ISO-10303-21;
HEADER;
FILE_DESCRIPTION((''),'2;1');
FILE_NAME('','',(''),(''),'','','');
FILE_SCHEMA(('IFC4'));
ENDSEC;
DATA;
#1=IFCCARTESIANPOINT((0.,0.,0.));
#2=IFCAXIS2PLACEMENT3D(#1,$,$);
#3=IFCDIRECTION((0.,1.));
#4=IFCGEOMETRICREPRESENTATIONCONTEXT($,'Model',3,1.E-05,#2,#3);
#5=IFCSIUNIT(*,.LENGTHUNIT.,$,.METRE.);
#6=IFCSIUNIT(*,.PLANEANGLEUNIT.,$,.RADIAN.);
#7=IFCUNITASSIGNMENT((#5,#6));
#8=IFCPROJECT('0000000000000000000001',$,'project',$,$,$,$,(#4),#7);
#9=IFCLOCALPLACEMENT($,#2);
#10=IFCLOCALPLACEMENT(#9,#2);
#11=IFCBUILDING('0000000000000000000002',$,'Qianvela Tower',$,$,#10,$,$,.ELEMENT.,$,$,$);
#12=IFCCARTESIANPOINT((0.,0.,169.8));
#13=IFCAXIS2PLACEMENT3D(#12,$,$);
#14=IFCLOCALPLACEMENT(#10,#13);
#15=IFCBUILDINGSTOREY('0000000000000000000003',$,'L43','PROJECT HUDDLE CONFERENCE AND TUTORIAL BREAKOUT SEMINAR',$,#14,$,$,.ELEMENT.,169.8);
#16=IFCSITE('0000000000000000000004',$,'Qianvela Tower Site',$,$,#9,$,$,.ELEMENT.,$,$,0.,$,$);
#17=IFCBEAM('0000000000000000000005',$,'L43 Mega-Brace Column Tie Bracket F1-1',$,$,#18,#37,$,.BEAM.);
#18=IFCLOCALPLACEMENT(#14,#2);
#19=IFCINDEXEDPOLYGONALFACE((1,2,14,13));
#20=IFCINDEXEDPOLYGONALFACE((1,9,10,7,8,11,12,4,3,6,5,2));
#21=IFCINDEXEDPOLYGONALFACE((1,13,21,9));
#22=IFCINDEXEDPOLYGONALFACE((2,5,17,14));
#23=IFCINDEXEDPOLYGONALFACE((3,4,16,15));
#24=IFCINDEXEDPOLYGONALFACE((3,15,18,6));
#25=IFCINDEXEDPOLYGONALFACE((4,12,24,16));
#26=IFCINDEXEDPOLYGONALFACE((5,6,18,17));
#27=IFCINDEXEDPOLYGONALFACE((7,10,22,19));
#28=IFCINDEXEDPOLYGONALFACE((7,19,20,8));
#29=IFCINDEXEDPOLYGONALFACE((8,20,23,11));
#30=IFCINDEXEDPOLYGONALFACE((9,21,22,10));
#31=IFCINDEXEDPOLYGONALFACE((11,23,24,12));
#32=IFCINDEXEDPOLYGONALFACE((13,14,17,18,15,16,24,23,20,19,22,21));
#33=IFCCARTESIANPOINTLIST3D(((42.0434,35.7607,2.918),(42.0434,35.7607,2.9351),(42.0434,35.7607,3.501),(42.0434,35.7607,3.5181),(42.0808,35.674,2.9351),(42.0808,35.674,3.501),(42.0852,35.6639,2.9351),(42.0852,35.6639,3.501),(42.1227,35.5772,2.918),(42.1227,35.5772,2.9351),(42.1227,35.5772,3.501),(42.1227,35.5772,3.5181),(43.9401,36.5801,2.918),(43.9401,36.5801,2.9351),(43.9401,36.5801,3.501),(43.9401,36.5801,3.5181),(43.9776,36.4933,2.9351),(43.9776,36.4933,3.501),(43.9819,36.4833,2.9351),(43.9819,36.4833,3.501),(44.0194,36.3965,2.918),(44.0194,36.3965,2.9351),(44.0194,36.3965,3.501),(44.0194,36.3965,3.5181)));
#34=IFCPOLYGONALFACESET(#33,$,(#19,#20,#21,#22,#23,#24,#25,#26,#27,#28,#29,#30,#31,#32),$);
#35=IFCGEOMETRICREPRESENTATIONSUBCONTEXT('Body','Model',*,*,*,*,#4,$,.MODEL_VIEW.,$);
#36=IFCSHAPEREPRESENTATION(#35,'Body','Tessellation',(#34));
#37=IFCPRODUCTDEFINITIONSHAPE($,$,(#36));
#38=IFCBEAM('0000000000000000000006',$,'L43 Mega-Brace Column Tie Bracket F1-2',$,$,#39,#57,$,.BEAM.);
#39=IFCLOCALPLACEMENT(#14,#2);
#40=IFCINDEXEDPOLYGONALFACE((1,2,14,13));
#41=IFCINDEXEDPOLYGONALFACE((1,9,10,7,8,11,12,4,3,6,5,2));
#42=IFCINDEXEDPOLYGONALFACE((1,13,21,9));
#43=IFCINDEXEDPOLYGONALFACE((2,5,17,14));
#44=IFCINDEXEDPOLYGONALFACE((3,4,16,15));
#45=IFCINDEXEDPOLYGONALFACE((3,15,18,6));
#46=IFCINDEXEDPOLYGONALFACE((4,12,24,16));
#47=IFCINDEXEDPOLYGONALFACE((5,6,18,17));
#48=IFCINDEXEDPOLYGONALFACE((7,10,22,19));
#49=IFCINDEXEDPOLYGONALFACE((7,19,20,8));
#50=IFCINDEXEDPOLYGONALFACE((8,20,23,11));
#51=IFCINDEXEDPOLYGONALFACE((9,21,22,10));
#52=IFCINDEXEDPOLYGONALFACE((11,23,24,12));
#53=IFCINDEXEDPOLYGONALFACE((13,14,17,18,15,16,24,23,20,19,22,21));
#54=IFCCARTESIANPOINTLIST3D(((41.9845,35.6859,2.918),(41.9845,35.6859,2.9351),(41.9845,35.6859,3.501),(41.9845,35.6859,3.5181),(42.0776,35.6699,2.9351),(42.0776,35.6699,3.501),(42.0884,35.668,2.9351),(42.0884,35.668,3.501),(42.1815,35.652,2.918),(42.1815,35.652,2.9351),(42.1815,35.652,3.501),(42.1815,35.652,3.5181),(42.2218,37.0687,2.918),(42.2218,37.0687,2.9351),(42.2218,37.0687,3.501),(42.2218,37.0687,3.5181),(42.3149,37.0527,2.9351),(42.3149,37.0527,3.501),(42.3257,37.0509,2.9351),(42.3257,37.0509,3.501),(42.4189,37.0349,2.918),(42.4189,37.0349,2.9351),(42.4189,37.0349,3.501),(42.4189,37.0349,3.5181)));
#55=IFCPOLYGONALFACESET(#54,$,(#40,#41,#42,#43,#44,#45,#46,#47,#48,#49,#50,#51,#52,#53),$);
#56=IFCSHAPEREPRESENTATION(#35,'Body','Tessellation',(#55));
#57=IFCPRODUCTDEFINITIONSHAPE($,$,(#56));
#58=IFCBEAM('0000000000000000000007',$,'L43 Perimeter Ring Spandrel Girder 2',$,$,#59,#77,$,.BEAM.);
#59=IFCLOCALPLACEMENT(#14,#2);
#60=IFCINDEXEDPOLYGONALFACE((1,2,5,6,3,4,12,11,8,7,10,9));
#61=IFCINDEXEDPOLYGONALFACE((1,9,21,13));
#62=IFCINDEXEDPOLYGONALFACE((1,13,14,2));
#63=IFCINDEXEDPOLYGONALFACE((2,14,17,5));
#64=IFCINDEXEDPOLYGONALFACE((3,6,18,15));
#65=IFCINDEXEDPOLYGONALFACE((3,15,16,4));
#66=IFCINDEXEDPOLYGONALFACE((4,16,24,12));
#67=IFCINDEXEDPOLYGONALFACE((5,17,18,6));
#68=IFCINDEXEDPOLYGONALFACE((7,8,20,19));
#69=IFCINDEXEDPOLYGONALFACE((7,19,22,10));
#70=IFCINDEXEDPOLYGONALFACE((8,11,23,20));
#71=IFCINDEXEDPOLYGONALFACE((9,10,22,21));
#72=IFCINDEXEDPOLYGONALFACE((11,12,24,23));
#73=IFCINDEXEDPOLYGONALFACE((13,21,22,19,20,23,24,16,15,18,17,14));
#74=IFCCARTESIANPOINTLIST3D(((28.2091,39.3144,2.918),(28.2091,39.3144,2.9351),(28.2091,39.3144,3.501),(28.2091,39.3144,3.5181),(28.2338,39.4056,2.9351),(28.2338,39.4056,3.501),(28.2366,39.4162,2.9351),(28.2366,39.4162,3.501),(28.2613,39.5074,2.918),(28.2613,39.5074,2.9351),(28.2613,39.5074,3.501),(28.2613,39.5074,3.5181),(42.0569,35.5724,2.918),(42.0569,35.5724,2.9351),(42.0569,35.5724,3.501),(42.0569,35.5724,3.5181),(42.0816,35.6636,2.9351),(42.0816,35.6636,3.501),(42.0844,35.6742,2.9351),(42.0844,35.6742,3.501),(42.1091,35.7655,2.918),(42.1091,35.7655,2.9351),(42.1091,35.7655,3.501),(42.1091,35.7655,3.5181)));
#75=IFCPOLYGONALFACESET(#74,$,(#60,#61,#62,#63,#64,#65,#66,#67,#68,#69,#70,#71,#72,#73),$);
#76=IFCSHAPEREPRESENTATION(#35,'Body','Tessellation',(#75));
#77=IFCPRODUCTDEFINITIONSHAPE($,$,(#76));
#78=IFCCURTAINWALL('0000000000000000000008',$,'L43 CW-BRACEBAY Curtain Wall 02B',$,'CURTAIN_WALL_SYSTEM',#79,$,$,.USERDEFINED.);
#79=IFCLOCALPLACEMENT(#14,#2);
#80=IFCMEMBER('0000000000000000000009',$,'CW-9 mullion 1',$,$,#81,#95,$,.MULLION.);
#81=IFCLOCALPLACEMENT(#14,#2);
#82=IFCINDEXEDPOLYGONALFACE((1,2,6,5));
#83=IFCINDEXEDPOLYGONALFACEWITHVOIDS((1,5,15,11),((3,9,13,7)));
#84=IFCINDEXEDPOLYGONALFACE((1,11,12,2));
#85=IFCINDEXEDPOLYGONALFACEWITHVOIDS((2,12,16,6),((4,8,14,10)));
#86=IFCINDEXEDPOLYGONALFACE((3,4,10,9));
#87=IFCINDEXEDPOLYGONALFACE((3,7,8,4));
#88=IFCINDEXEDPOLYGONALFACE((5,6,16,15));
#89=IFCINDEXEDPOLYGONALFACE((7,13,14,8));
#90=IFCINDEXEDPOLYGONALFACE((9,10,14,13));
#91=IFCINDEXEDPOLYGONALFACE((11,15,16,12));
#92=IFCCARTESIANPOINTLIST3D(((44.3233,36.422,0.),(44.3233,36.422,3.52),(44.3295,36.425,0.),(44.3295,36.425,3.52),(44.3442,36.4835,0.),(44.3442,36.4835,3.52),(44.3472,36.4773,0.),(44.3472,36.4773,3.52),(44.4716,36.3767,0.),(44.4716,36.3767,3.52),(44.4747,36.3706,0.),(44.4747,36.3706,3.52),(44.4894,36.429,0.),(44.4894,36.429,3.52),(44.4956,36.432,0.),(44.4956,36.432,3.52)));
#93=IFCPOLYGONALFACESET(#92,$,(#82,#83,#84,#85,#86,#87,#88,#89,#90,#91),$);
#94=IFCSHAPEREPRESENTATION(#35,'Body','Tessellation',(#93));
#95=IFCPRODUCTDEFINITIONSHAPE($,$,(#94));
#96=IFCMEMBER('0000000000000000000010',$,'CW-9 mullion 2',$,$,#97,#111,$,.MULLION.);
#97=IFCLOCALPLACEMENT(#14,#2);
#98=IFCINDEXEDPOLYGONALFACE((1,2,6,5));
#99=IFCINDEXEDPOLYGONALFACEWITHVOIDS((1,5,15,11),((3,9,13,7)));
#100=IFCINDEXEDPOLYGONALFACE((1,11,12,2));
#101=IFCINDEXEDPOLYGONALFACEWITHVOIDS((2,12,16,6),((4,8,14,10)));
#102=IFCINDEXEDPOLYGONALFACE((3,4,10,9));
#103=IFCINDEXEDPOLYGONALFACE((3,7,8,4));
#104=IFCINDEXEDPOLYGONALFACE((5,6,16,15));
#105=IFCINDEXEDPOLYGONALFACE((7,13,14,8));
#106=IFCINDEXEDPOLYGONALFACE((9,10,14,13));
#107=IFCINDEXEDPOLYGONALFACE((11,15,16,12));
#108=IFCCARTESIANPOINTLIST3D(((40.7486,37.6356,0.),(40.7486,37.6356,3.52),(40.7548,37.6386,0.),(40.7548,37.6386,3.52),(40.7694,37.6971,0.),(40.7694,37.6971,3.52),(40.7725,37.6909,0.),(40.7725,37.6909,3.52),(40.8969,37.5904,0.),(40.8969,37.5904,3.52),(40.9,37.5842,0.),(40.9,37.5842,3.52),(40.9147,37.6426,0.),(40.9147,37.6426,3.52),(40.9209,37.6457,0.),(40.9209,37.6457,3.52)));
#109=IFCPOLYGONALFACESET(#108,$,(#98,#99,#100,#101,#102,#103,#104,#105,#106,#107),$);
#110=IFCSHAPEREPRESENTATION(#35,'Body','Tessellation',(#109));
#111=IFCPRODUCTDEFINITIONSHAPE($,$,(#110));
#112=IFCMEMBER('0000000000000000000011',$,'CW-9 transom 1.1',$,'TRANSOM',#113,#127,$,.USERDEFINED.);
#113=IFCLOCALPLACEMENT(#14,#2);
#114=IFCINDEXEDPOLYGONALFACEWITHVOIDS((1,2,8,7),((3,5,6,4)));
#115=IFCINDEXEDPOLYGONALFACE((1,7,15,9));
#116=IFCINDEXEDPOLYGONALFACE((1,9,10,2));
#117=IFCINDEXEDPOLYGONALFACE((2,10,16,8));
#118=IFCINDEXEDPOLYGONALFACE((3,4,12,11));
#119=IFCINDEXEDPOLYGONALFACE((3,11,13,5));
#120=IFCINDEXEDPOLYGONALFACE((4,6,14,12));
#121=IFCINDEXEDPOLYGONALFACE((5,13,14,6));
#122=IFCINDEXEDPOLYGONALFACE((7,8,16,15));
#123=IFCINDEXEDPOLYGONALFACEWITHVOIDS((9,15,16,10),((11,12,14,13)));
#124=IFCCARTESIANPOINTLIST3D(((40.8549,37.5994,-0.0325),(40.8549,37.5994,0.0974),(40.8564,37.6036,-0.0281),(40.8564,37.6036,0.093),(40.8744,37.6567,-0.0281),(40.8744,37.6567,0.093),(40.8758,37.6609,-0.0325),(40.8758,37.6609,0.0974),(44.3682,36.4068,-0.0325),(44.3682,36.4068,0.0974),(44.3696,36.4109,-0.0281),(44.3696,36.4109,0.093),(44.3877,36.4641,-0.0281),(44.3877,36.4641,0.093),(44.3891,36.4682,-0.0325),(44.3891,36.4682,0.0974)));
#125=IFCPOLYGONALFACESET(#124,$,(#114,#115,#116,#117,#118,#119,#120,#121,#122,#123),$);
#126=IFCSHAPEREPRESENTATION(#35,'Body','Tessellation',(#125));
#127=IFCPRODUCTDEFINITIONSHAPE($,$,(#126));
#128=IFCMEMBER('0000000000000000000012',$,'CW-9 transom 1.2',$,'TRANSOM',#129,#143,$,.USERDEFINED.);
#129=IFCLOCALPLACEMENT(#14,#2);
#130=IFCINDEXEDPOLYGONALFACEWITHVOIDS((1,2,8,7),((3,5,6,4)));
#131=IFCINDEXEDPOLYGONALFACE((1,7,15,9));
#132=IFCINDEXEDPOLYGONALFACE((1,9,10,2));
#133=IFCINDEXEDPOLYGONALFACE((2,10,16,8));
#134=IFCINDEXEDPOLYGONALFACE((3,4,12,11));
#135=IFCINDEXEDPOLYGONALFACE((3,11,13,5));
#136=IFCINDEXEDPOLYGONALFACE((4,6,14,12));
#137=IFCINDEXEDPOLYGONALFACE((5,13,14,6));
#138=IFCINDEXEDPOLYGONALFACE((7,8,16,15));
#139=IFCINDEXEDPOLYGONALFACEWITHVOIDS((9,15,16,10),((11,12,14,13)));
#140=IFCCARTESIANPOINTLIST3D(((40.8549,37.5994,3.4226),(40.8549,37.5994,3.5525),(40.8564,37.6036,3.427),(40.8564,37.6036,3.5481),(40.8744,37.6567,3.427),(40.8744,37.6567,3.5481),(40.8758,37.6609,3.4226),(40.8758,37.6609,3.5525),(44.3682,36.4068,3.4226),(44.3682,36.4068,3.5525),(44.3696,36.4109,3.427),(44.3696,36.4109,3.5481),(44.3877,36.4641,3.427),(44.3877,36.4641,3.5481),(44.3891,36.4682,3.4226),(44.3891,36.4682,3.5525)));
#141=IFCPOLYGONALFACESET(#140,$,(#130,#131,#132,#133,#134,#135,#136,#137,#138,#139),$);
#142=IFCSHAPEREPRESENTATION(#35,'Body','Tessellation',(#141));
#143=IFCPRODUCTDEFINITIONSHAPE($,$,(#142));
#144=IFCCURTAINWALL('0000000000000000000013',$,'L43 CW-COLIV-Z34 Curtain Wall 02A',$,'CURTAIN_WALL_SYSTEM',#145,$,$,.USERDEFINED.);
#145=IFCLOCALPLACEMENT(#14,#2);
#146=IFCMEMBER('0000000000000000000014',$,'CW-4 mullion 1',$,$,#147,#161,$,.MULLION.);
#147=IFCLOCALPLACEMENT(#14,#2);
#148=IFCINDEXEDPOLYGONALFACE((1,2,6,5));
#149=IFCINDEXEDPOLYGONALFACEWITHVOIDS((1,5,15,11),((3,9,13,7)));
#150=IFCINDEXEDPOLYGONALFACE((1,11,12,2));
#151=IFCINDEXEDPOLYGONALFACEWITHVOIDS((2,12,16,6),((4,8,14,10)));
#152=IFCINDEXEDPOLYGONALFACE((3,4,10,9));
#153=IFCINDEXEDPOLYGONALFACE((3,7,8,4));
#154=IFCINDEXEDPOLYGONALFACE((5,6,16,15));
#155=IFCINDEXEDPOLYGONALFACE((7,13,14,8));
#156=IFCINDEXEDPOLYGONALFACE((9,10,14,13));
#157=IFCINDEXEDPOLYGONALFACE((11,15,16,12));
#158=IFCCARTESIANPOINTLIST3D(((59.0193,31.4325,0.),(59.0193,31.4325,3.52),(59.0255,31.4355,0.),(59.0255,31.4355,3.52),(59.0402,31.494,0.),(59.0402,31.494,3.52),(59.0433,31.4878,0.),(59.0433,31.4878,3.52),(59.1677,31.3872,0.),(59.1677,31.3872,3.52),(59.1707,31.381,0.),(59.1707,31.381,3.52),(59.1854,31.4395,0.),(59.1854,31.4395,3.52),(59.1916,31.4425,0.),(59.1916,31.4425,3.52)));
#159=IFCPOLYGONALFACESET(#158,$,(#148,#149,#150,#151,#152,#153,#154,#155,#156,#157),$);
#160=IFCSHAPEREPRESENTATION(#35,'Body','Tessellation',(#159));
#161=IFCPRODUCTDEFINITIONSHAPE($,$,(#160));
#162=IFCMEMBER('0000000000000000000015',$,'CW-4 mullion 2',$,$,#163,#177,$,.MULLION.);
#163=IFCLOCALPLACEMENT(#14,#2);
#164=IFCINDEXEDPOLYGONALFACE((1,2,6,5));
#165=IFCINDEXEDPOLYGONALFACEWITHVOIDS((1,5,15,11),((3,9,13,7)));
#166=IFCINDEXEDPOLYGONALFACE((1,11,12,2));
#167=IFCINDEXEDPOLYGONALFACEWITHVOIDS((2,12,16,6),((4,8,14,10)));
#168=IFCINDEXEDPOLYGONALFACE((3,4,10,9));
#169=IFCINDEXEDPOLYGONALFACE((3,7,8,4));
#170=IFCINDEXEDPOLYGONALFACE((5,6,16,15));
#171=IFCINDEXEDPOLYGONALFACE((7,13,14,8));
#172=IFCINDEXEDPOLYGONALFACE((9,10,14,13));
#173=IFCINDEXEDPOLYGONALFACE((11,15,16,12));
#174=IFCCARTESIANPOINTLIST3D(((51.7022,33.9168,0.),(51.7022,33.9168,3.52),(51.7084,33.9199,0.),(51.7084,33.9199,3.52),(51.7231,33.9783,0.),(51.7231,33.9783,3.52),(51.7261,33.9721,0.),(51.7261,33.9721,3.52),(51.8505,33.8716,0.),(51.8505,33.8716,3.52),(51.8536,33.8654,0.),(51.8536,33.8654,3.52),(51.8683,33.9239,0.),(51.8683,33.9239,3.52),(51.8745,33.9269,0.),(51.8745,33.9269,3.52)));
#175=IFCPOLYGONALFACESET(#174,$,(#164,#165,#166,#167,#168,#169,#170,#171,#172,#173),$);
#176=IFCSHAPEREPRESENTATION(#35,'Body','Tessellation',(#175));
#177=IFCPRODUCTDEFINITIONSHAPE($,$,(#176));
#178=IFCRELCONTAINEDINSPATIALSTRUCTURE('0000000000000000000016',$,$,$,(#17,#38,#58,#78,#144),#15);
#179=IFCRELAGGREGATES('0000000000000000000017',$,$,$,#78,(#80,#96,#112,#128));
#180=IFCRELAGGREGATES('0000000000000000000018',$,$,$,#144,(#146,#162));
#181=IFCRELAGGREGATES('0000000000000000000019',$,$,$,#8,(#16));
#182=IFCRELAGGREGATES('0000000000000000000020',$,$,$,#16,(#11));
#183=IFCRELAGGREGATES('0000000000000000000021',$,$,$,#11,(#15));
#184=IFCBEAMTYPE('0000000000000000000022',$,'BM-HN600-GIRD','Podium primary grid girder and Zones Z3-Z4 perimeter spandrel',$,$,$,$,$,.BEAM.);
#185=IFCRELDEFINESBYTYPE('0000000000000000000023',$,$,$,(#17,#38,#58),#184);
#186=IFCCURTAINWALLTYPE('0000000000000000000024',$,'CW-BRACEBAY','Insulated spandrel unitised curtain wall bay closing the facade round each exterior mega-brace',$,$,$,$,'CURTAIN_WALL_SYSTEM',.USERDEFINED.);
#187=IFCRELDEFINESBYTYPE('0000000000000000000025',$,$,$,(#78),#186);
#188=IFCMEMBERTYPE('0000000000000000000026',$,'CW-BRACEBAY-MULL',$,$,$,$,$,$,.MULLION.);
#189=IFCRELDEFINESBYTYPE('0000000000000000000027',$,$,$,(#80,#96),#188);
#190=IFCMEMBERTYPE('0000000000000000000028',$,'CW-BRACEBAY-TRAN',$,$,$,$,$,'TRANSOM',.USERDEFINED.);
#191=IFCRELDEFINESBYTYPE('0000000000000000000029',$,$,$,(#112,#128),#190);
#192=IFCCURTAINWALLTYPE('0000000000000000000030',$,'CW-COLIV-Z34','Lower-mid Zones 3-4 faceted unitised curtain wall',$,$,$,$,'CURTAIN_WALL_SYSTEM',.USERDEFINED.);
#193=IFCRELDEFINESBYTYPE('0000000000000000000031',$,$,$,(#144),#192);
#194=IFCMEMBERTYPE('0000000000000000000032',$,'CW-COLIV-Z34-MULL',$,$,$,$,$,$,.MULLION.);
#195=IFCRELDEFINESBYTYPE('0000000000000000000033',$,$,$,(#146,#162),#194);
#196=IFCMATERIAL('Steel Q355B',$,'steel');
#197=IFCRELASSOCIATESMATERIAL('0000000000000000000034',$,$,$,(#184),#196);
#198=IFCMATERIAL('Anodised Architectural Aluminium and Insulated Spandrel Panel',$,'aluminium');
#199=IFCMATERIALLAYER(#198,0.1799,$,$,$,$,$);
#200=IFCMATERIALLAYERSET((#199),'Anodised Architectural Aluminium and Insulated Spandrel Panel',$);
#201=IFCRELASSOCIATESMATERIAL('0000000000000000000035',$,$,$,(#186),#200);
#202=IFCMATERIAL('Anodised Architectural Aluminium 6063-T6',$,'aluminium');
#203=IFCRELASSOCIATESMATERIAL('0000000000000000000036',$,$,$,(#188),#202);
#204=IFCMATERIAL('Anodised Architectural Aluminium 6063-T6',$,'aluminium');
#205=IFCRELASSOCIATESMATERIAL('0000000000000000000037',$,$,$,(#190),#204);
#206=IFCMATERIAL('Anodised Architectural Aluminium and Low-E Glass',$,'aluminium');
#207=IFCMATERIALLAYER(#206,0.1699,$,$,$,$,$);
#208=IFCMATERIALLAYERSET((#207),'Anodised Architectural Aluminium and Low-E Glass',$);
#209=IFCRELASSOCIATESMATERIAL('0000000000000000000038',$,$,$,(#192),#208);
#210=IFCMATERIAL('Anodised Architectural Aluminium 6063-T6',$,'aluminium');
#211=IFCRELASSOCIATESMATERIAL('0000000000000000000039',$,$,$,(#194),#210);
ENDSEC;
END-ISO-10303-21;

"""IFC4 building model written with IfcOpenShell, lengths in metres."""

from ifc_helpers import new_model, si_unit, direction, frame, origin, origin_2d, place, context, subcontext, project, spatial, hollow_rectangle, i_section, extrude, material, layer, layer_set, material_profile, profile_set, type_object, element, aggregate, save


model = new_model("IFC4")

# Units and contexts
model_context = context("Model", 3, precision=1e-05, world=origin(), true_north=direction((0.0, 1.0)))
body_context = subcontext(model_context, "Body", "Model", "MODEL_VIEW")
ifc_project = project(units=[si_unit("LENGTHUNIT", "METRE"), si_unit("PLANEANGLEUNIT", "RADIAN")], contexts=[model_context])

# Site, building, storey
site_placement = place(None, origin())
site = spatial("IfcSite", under=ifc_project, at=site_placement, Name="Qianvela Tower Site", CompositionType="ELEMENT", RefElevation=0.0)
building_placement = place(site_placement, origin())
building = spatial("IfcBuilding", under=site, at=building_placement, Name="Qianvela Tower", CompositionType="ELEMENT")
storey_placement = place(building_placement, frame((0.0, 0.0, 169.8)))
storey = spatial("IfcBuildingStorey", under=building, at=storey_placement, Name="L43", Description="PROJECT HUDDLE CONFERENCE AND TUTORIAL BREAKOUT SEMINAR", CompositionType="ELEMENT", Elevation=169.8)

# Beams
ifc_material_1 = material(Name="Steel Q355B", Category="steel")
ifc_material_profile_1 = material_profile(ifc_material_1, i_section(OverallWidth=0.2, OverallDepth=0.6001, WebThickness=0.011, FlangeThickness=0.0171, at=origin_2d()), Name="HN600x200x11x17")
ifc_profile_set_1 = profile_set([ifc_material_profile_1], Name="Steel Q355B")
beam_type = type_object("IfcBeamType", Name="BM-HN600-GIRD", Description="Podium primary grid girder and Zones Z3-Z4 perimeter spandrel", PredefinedType="BEAM", material=ifc_profile_set_1)
beam_1_placement = place(storey_placement, frame((42.083, 35.6689, 3.218), z_axis=(0.918011, 0.396556, 0.0), x_axis=(-0.396556, 0.918011, 0.0)))
element("IfcBeam", 1, at=beam_1_placement, inside=storey, type_object=beam_type, Name="L43 Mega-Brace Column Tie Bracket F1-1", PredefinedType="BEAM", context=body_context, shape_type="SweptSolid", body=[
    extrude(i_section(OverallWidth=0.2, OverallDepth=0.6001, WebThickness=0.011, FlangeThickness=0.0171, at=origin_2d()), origin(), (0.0, 0.0, 1.0), 2.0662),
])
beam_2_placement = place(storey_placement, frame((42.083, 35.6689, 3.218), z_axis=(0.169138, 0.985592, 0.0), x_axis=(-0.985592, 0.169138, 0.0)))
element("IfcBeam", 2, at=beam_2_placement, inside=storey, type_object=beam_type, Name="L43 Mega-Brace Column Tie Bracket F1-2", PredefinedType="BEAM", context=body_context, shape_type="SweptSolid", body=[
    extrude(i_section(OverallWidth=0.2, OverallDepth=0.6001, WebThickness=0.011, FlangeThickness=0.0171, at=origin_2d()), origin(), (0.0, 0.0, 1.0), 1.4031),
])
beam_3_placement = place(storey_placement, frame((42.083, 35.6689, 3.218), z_axis=(-0.965376, 0.260861, 0.0), x_axis=(-0.260861, -0.965376, 0.0)))
element("IfcBeam", 3, at=beam_3_placement, inside=storey, type_object=beam_type, Name="L43 Perimeter Ring Spandrel Girder 2", PredefinedType="BEAM", context=body_context, shape_type="SweptSolid", body=[
    extrude(i_section(OverallWidth=0.2, OverallDepth=0.6001, WebThickness=0.011, FlangeThickness=0.0171, at=origin_2d()), origin(), (0.0, 0.0, 1.0), 14.3445),
])

# Curtain walls, members
ifc_material_2 = material(Name="Anodised Architectural Aluminium and Insulated Spandrel Panel", Category="aluminium")
ifc_layer_1 = layer(ifc_material_2, 0.1799)
ifc_layer_set_1 = layer_set([ifc_layer_1], Name="Anodised Architectural Aluminium and Insulated Spandrel Panel")
curtain_wall_type_1 = type_object("IfcCurtainWallType", Name="CW-BRACEBAY", Description="Insulated spandrel unitised curtain wall bay closing the facade round each exterior mega-brace", ElementType="CURTAIN_WALL_SYSTEM", PredefinedType="USERDEFINED", material=ifc_layer_set_1)
curtain_wall_1_placement = place(storey_placement, origin())
curtain_wall_1 = element("IfcCurtainWall", 4, at=curtain_wall_1_placement, inside=storey, type_object=curtain_wall_type_1, Name="L43 CW-BRACEBAY Curtain Wall 02B", ObjectType="CURTAIN_WALL_SYSTEM", PredefinedType="USERDEFINED")
ifc_material_3 = material(Name="Anodised Architectural Aluminium 6063-T6", Category="aluminium")
ifc_material_profile_2 = material_profile(ifc_material_3, hollow_rectangle(XDim=0.0649, YDim=0.1599, WallThickness=0.0049, at=origin_2d()), Name="ALU-MULL-65x160")
ifc_profile_set_2 = profile_set([ifc_material_profile_2], Name="Anodised Architectural Aluminium 6063-T6")
member_type_1 = type_object("IfcMemberType", Name="CW-BRACEBAY-MULL", PredefinedType="MULLION", material=ifc_profile_set_2)
member_1_placement = place(storey_placement, frame((44.4094, 36.427, 0.0), z_axis=(0.0, 0.0, 1.0), x_axis=(-0.321481, -0.946916, 0.0)))
member_1 = element("IfcMember", 5, at=member_1_placement, type_object=member_type_1, Name="CW-9 mullion 1", PredefinedType="MULLION", context=body_context, shape_type="SweptSolid", body=[
    extrude(hollow_rectangle(XDim=0.0649, YDim=0.1599, WallThickness=0.0049, at=origin_2d()), origin(), (0.0, 0.0, 1.0), 3.52),
])
member_2_placement = place(storey_placement, frame((40.8347, 37.6406, 0.0), z_axis=(0.0, 0.0, 1.0), x_axis=(-0.321481, -0.946916, 0.0)))
member_2 = element("IfcMember", 6, at=member_2_placement, type_object=member_type_1, Name="CW-9 mullion 2", PredefinedType="MULLION", context=body_context, shape_type="SweptSolid", body=[
    extrude(hollow_rectangle(XDim=0.0649, YDim=0.1599, WallThickness=0.0049, at=origin_2d()), origin(), (0.0, 0.0, 1.0), 3.52),
])
ifc_material_4 = material(Name="Anodised Architectural Aluminium 6063-T6", Category="aluminium")
ifc_material_profile_3 = material_profile(ifc_material_4, hollow_rectangle(XDim=0.0649, YDim=0.1299, WallThickness=0.0044, at=origin_2d()), Name="ALU-TRAN-65x130")
ifc_profile_set_3 = profile_set([ifc_material_profile_3], Name="Anodised Architectural Aluminium 6063-T6")
member_type_2 = type_object("IfcMemberType", Name="CW-BRACEBAY-TRAN", ElementType="TRANSOM", PredefinedType="USERDEFINED", material=ifc_profile_set_3)
member_3_placement = place(storey_placement, frame((44.3787, 36.4375, 0.0325), z_axis=(-0.946925, 0.321454, 0.0), x_axis=(-0.321454, -0.946925, 0.0)))
member_3 = element("IfcMember", 7, at=member_3_placement, type_object=member_type_2, Name="CW-9 transom 1.1", ObjectType="TRANSOM", PredefinedType="USERDEFINED", context=body_context, shape_type="SweptSolid", body=[
    extrude(hollow_rectangle(XDim=0.0649, YDim=0.1299, WallThickness=0.0044, at=origin_2d()), origin(), (0.0, 0.0, 1.0), 3.7102),
])
member_4_placement = place(storey_placement, frame((44.3787, 36.4375, 3.4875), z_axis=(-0.946925, 0.321454, 0.0), x_axis=(-0.321454, -0.946925, 0.0)))
member_4 = element("IfcMember", 8, at=member_4_placement, type_object=member_type_2, Name="CW-9 transom 1.2", ObjectType="TRANSOM", PredefinedType="USERDEFINED", context=body_context, shape_type="SweptSolid", body=[
    extrude(hollow_rectangle(XDim=0.0649, YDim=0.1299, WallThickness=0.0044, at=origin_2d()), origin(), (0.0, 0.0, 1.0), 3.7102),
])
ifc_material_5 = material(Name="Anodised Architectural Aluminium and Low-E Glass", Category="aluminium")
ifc_layer_2 = layer(ifc_material_5, 0.1699)
ifc_layer_set_2 = layer_set([ifc_layer_2], Name="Anodised Architectural Aluminium and Low-E Glass")
curtain_wall_type_2 = type_object("IfcCurtainWallType", Name="CW-COLIV-Z34", Description="Lower-mid Zones 3-4 faceted unitised curtain wall", ElementType="CURTAIN_WALL_SYSTEM", PredefinedType="USERDEFINED", material=ifc_layer_set_2)
curtain_wall_2_placement = place(storey_placement, origin())
curtain_wall_2 = element("IfcCurtainWall", 9, at=curtain_wall_2_placement, inside=storey, type_object=curtain_wall_type_2, Name="L43 CW-COLIV-Z34 Curtain Wall 02A", ObjectType="CURTAIN_WALL_SYSTEM", PredefinedType="USERDEFINED")
ifc_material_6 = material(Name="Anodised Architectural Aluminium 6063-T6", Category="aluminium")
ifc_material_profile_4 = material_profile(ifc_material_6, hollow_rectangle(XDim=0.0649, YDim=0.1599, WallThickness=0.0049, at=origin_2d()), Name="ALU-MULL-65x160")
ifc_profile_set_4 = profile_set([ifc_material_profile_4], Name="Anodised Architectural Aluminium 6063-T6")
member_type_3 = type_object("IfcMemberType", Name="CW-COLIV-Z34-MULL", PredefinedType="MULLION", material=ifc_profile_set_4)
member_5_placement = place(storey_placement, frame((59.1055, 31.4375, 0.0), z_axis=(0.0, 0.0, 1.0), x_axis=(-0.321488, -0.946914, 0.0)))
member_5 = element("IfcMember", 10, at=member_5_placement, type_object=member_type_3, Name="CW-4 mullion 1", PredefinedType="MULLION", context=body_context, shape_type="SweptSolid", body=[
    extrude(hollow_rectangle(XDim=0.0649, YDim=0.1599, WallThickness=0.0049, at=origin_2d()), origin(), (0.0, 0.0, 1.0), 3.52),
])
member_6_placement = place(storey_placement, frame((51.7883, 33.9219, 0.0), z_axis=(0.0, 0.0, 1.0), x_axis=(-0.321488, -0.946914, 0.0)))
member_6 = element("IfcMember", 11, at=member_6_placement, type_object=member_type_3, Name="CW-4 mullion 2", PredefinedType="MULLION", context=body_context, shape_type="SweptSolid", body=[
    extrude(hollow_rectangle(XDim=0.0649, YDim=0.1599, WallThickness=0.0049, at=origin_2d()), origin(), (0.0, 0.0, 1.0), 3.52),
])

aggregate(curtain_wall_1, [member_1, member_2, member_3, member_4])
aggregate(curtain_wall_2, [member_5, member_6])

save(model, "model.ifc")
